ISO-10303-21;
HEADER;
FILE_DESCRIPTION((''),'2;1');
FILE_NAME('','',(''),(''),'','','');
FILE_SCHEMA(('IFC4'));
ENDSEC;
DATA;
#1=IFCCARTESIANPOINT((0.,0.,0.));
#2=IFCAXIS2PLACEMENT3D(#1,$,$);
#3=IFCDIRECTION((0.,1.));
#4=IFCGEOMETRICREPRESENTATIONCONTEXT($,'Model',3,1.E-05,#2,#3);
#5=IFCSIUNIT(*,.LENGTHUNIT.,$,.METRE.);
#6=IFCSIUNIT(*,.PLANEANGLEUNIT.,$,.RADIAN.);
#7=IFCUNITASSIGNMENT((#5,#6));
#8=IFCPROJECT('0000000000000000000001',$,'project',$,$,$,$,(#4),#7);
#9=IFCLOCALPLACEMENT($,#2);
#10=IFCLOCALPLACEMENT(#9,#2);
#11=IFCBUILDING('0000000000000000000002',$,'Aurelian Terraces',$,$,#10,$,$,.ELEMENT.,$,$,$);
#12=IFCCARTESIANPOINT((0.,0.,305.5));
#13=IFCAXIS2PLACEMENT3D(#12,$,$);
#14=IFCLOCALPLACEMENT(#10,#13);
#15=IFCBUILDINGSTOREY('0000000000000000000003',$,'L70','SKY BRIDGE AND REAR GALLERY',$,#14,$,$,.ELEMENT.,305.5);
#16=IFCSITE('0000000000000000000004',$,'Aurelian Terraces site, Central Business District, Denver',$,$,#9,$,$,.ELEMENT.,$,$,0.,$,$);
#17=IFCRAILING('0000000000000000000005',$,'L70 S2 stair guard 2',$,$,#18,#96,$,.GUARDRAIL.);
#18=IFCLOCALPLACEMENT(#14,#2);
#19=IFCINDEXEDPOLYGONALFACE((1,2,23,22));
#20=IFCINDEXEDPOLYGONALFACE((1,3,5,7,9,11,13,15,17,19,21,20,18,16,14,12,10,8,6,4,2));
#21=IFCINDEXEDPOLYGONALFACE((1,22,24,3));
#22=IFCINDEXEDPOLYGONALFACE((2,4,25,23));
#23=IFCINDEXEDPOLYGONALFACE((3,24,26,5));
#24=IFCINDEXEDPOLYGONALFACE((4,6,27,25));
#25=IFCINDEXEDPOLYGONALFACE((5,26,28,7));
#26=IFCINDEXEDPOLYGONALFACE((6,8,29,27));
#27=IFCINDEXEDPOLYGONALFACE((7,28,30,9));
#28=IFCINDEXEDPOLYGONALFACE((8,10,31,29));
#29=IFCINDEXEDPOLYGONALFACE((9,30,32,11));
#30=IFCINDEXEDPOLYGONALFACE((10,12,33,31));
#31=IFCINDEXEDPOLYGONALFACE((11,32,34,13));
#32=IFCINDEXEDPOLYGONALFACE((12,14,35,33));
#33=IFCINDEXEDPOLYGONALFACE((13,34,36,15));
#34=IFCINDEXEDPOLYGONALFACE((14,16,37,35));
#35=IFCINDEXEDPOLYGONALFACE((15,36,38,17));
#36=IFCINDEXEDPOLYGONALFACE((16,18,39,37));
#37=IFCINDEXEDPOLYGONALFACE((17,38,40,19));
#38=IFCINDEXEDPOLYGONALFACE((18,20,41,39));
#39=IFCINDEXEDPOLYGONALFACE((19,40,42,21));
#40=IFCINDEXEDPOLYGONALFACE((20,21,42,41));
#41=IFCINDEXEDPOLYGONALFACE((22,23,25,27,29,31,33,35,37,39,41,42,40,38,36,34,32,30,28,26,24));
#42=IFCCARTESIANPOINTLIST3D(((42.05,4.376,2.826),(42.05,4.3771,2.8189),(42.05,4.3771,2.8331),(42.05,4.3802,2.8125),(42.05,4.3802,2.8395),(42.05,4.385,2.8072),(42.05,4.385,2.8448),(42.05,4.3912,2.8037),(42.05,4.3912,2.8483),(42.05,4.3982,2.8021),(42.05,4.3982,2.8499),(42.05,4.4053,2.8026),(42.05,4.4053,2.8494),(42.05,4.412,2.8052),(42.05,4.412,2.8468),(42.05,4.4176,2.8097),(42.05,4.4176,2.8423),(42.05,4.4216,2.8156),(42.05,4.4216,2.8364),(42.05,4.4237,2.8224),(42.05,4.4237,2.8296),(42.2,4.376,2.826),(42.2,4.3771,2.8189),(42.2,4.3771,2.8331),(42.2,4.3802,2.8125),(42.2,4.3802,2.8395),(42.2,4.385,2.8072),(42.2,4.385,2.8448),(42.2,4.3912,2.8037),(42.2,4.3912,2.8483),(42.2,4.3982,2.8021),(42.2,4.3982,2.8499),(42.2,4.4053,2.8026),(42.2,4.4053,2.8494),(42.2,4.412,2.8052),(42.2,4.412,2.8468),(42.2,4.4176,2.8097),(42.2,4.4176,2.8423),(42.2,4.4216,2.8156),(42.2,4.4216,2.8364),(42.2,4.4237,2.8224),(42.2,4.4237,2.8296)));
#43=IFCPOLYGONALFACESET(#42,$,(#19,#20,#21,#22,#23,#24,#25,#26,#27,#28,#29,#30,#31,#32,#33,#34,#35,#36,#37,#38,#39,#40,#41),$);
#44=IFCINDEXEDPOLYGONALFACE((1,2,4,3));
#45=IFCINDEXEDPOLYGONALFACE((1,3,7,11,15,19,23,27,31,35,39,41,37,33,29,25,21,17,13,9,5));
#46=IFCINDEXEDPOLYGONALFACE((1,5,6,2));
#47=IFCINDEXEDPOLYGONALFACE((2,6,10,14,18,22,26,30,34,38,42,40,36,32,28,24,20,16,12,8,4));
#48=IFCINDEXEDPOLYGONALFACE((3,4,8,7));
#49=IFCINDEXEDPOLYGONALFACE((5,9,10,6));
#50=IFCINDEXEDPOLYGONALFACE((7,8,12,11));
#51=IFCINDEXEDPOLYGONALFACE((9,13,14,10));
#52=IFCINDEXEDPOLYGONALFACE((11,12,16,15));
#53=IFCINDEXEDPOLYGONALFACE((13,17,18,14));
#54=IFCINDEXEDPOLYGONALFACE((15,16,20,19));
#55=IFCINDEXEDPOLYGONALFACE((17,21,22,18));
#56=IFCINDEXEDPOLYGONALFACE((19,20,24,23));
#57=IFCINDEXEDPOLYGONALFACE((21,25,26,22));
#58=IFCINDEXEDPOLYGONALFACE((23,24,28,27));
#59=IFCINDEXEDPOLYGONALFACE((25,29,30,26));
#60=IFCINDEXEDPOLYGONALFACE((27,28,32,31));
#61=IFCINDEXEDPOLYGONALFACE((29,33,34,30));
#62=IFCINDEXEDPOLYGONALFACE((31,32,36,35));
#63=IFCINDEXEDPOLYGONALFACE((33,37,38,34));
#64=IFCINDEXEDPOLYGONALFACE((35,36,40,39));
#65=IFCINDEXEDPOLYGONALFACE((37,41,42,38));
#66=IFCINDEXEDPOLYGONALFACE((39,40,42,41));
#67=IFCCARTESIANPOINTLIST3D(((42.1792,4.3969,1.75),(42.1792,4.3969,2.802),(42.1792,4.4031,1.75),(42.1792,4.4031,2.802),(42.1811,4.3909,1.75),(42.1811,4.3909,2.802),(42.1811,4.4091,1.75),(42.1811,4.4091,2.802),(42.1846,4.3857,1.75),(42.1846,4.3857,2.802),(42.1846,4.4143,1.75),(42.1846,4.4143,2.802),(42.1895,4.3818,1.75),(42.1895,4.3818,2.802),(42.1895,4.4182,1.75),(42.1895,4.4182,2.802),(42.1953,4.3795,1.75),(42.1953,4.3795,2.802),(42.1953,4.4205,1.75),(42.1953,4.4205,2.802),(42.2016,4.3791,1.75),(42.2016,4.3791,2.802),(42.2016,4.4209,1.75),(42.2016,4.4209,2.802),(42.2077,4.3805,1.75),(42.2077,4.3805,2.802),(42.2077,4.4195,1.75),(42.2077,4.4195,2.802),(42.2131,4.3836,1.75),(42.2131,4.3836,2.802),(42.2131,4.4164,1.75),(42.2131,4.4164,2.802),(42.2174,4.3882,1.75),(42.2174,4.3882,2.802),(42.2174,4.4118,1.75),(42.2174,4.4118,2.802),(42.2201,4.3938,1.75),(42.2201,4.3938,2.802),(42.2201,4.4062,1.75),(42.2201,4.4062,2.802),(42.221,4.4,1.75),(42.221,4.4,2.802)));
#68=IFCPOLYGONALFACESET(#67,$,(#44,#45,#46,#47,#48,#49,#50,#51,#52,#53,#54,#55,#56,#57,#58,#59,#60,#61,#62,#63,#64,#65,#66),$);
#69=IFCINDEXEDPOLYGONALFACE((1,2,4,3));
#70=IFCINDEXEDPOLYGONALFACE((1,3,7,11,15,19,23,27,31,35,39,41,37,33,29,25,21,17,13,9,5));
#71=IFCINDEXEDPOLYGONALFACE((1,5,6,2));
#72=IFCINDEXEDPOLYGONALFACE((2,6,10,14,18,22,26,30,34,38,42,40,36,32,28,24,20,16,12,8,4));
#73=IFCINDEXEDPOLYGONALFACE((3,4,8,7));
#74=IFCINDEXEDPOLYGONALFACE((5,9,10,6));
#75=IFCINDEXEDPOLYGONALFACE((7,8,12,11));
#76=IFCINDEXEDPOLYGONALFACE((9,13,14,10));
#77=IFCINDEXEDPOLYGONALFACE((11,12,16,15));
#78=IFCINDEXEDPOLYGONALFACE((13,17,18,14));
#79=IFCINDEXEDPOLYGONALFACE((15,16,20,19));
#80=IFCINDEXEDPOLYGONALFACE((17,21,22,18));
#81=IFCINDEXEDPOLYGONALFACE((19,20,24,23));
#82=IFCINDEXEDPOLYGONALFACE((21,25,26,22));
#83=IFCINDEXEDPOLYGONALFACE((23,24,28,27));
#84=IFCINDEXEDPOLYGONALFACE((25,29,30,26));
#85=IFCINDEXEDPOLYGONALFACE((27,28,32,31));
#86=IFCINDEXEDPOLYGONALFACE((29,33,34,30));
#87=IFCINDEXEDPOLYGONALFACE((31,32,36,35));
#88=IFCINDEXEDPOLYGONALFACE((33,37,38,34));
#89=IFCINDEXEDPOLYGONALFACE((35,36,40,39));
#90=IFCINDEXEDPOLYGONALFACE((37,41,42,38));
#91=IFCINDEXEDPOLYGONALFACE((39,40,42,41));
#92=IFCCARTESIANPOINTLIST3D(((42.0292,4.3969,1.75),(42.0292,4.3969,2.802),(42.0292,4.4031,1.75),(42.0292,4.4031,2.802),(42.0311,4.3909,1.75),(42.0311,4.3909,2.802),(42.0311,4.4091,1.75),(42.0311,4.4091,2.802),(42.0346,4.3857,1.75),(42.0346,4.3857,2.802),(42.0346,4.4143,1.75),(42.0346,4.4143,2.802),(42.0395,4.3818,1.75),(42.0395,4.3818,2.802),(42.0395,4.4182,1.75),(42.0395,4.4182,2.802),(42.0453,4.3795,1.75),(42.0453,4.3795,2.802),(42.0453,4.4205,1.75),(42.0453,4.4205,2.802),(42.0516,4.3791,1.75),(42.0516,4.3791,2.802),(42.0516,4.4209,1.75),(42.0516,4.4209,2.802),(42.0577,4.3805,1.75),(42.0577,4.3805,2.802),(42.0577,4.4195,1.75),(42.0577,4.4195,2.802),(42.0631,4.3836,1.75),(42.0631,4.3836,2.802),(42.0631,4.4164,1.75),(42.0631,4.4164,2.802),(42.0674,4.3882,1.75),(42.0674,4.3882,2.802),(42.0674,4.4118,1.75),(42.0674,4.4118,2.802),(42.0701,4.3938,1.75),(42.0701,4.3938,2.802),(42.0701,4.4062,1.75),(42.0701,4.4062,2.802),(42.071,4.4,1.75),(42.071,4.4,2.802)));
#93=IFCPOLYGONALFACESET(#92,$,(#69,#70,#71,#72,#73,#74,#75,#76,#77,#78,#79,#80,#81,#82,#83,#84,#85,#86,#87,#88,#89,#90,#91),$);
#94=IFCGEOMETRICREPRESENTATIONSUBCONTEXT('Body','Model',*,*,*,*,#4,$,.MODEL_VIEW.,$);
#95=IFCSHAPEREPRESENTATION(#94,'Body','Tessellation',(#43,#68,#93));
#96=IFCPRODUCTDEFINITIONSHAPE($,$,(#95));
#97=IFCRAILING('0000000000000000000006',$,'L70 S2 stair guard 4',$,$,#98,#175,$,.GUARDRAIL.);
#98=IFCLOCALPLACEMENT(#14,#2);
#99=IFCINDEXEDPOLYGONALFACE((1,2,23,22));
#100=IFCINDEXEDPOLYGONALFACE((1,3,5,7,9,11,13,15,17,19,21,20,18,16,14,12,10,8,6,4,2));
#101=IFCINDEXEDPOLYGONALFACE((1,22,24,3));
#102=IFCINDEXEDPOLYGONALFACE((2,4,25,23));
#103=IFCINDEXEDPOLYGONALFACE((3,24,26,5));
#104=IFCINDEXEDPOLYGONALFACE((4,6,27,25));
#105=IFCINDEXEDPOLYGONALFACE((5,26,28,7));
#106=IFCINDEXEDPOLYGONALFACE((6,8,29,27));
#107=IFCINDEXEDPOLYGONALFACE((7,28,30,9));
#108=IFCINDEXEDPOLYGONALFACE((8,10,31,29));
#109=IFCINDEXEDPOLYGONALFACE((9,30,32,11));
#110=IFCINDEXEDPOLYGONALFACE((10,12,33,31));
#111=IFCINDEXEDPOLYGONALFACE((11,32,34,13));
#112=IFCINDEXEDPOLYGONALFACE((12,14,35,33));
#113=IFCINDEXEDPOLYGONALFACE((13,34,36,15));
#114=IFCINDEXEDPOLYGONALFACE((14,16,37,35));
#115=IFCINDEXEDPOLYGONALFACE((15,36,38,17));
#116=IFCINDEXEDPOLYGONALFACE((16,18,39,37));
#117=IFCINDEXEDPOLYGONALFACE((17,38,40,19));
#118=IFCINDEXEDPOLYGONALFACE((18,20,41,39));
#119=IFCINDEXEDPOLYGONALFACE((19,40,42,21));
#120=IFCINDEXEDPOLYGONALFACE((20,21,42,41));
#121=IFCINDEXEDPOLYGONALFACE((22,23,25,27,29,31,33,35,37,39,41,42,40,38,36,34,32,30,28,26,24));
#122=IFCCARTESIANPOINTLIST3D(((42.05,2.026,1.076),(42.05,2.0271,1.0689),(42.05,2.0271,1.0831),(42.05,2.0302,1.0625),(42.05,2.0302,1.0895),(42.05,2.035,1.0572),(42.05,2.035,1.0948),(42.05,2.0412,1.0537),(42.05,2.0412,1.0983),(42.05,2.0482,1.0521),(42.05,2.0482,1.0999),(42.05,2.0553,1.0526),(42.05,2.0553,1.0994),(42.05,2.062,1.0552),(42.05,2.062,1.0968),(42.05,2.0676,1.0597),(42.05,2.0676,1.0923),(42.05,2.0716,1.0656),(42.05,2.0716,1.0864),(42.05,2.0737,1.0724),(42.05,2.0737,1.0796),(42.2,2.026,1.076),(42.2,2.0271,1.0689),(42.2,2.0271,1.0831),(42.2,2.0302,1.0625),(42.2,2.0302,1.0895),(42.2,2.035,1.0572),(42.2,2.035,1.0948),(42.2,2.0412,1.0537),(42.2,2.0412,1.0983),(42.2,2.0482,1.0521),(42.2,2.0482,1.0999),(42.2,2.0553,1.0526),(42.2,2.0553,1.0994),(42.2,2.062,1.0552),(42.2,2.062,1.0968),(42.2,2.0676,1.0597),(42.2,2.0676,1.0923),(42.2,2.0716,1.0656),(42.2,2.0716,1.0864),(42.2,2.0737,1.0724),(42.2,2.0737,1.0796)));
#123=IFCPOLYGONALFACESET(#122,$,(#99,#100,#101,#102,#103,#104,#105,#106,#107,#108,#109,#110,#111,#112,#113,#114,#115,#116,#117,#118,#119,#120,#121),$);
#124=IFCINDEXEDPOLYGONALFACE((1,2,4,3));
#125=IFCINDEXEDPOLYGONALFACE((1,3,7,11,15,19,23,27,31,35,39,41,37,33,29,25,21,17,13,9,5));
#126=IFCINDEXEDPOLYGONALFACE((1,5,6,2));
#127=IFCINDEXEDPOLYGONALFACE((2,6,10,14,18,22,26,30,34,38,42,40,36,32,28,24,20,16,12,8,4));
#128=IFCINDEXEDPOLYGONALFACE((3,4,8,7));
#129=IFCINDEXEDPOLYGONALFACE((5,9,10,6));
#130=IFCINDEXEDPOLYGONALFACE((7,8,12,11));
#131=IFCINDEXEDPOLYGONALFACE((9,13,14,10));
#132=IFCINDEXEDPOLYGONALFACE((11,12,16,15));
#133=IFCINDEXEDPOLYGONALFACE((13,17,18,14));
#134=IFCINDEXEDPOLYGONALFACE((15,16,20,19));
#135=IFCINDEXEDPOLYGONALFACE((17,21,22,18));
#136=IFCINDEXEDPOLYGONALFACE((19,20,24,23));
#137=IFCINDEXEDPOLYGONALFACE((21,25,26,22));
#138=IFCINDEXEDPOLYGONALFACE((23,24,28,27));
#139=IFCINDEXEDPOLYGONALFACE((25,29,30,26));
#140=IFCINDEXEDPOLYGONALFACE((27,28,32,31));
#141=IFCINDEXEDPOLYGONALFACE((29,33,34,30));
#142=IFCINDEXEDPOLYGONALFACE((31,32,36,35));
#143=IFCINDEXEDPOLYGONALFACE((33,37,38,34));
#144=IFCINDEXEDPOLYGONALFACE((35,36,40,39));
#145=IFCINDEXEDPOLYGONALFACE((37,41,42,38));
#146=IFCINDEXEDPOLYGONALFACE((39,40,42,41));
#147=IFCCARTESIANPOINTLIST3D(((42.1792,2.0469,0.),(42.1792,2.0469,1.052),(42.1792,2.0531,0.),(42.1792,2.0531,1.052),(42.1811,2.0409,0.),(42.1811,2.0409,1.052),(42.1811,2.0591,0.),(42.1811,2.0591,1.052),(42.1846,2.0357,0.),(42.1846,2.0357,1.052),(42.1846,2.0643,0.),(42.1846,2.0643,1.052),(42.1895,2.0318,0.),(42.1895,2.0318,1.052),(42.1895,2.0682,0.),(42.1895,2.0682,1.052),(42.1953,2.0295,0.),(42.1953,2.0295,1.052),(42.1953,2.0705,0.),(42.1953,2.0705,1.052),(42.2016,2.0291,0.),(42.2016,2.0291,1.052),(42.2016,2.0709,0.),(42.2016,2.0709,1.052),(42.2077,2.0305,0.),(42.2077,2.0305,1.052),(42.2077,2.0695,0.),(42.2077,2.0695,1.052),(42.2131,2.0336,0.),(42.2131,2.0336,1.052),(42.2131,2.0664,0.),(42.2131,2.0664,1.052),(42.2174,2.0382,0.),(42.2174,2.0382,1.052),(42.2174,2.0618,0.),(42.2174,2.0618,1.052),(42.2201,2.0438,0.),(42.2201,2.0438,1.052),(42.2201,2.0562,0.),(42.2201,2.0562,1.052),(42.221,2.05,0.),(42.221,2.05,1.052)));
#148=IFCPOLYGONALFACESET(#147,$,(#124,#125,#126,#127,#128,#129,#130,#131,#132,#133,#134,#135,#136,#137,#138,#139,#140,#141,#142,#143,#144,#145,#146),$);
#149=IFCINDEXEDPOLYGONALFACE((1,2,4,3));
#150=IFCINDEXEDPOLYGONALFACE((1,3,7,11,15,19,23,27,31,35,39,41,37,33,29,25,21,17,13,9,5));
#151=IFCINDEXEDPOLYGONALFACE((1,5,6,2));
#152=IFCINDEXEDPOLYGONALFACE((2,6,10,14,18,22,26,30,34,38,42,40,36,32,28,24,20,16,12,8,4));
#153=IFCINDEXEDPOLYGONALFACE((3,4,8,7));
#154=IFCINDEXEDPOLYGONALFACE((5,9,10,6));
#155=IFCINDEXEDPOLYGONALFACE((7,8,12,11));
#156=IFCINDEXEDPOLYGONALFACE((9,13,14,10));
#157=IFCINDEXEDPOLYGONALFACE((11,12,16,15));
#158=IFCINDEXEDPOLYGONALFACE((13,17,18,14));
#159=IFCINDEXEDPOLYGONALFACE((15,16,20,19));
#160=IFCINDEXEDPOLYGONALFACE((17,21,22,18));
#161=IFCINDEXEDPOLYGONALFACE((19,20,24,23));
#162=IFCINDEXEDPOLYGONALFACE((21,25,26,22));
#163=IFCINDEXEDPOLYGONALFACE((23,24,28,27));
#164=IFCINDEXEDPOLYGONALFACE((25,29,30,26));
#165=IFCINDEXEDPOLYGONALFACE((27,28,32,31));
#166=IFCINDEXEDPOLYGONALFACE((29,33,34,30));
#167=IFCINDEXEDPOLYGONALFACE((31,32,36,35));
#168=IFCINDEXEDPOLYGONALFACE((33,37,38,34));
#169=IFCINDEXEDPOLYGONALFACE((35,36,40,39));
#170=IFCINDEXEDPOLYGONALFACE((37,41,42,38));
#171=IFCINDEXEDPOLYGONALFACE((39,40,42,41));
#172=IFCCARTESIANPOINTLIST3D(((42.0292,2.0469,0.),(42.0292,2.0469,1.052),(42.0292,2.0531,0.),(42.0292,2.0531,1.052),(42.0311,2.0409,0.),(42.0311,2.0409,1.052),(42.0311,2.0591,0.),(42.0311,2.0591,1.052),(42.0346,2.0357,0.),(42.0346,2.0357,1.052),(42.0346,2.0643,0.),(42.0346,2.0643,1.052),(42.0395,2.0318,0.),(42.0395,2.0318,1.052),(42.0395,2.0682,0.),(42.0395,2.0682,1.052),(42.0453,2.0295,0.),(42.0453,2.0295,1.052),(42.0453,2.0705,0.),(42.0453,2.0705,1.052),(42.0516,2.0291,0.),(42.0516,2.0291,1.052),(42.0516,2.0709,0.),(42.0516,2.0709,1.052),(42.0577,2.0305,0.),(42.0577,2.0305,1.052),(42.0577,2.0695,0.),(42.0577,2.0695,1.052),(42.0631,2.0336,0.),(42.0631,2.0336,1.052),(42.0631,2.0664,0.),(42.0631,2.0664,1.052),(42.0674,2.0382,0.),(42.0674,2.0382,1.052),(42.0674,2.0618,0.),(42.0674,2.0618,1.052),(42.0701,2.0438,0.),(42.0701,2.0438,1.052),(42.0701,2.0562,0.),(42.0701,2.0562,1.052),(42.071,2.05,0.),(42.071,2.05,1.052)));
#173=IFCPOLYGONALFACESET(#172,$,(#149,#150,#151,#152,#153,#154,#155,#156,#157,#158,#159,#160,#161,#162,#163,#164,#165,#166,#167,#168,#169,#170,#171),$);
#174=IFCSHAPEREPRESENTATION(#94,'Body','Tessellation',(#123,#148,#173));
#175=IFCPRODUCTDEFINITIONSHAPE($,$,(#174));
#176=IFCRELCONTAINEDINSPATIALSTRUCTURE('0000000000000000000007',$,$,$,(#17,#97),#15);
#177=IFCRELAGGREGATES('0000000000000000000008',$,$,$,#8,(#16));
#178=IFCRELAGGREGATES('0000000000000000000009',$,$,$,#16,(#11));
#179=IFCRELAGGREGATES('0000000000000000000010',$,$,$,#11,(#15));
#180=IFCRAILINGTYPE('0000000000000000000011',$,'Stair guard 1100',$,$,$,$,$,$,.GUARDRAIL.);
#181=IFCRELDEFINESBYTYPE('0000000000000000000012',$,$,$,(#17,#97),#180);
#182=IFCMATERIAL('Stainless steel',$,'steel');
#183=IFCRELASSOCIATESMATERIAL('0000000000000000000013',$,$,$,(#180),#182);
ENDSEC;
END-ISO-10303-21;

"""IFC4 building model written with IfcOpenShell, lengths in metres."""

from ifc_helpers import new_model, si_unit, direction, frame, origin, origin_2d, place, context, subcontext, project, spatial, circle, extrude, source, transform, mapped, material, type_object, element, save


model = new_model("IFC4")

# Units and contexts
model_context = context("Model", 3, precision=1e-05, world=origin(), true_north=direction((0.0, 1.0)))
body_context = subcontext(model_context, "Body", "Model", "MODEL_VIEW")
ifc_project = project(units=[si_unit("LENGTHUNIT", "METRE"), si_unit("PLANEANGLEUNIT", "RADIAN")], contexts=[model_context])

# Site, building, storey
site_placement = place(None, origin())
site = spatial("IfcSite", under=ifc_project, at=site_placement, Name="Aurelian Terraces site, Central Business District, Denver", CompositionType="ELEMENT", RefElevation=0.0)
building_placement = place(site_placement, origin())
building = spatial("IfcBuilding", under=site, at=building_placement, Name="Aurelian Terraces", CompositionType="ELEMENT")
storey_placement = place(building_placement, frame((0.0, 0.0, 305.5)))
storey = spatial("IfcBuildingStorey", under=building, at=storey_placement, Name="L70", Description="SKY BRIDGE AND REAR GALLERY", CompositionType="ELEMENT", Elevation=305.5)

# Railings
ifc_material_1 = material(Name="Stainless steel", Category="steel")
railing_type_1 = type_object("IfcRailingType", Name="Stair guard 1100", PredefinedType="GUARDRAIL", material=ifc_material_1)
shared_shape_1 = source(origin(), body_context, "Body", "SweptSolid", [
    extrude(circle(Radius=0.024, at=origin_2d()), frame((0.0, 0.0, 1.076), z_axis=(-1.0, 0.0, 0.0), x_axis=(0.0, -1.0, 0.0)), (0.0, 0.0, 1.0), 0.15),
    extrude(circle(Radius=0.021, at=origin_2d()), origin(), (0.0, 0.0, 1.0), 1.052),
    extrude(circle(Radius=0.021, at=origin_2d()), frame((-0.15, 0.0, 0.0)), (0.0, 0.0, 1.0), 1.052),
])
for number, where, name in (
    (1, (42.2, 4.4, 1.75), "L70 S2 stair guard 2"),
    (2, (42.2, 2.05, 0.0), "L70 S2 stair guard 4"),
):
    element("IfcRailing", number, at=place(storey_placement, frame(where)), inside=storey, type_object=railing_type_1, Name=name, PredefinedType="GUARDRAIL", context=body_context, shape_type="MappedRepresentation", body=[
        mapped(shared_shape_1, transform((0.0, 0.0, 0.0), scale=1.0)),
    ])

save(model, "model.ifc")
